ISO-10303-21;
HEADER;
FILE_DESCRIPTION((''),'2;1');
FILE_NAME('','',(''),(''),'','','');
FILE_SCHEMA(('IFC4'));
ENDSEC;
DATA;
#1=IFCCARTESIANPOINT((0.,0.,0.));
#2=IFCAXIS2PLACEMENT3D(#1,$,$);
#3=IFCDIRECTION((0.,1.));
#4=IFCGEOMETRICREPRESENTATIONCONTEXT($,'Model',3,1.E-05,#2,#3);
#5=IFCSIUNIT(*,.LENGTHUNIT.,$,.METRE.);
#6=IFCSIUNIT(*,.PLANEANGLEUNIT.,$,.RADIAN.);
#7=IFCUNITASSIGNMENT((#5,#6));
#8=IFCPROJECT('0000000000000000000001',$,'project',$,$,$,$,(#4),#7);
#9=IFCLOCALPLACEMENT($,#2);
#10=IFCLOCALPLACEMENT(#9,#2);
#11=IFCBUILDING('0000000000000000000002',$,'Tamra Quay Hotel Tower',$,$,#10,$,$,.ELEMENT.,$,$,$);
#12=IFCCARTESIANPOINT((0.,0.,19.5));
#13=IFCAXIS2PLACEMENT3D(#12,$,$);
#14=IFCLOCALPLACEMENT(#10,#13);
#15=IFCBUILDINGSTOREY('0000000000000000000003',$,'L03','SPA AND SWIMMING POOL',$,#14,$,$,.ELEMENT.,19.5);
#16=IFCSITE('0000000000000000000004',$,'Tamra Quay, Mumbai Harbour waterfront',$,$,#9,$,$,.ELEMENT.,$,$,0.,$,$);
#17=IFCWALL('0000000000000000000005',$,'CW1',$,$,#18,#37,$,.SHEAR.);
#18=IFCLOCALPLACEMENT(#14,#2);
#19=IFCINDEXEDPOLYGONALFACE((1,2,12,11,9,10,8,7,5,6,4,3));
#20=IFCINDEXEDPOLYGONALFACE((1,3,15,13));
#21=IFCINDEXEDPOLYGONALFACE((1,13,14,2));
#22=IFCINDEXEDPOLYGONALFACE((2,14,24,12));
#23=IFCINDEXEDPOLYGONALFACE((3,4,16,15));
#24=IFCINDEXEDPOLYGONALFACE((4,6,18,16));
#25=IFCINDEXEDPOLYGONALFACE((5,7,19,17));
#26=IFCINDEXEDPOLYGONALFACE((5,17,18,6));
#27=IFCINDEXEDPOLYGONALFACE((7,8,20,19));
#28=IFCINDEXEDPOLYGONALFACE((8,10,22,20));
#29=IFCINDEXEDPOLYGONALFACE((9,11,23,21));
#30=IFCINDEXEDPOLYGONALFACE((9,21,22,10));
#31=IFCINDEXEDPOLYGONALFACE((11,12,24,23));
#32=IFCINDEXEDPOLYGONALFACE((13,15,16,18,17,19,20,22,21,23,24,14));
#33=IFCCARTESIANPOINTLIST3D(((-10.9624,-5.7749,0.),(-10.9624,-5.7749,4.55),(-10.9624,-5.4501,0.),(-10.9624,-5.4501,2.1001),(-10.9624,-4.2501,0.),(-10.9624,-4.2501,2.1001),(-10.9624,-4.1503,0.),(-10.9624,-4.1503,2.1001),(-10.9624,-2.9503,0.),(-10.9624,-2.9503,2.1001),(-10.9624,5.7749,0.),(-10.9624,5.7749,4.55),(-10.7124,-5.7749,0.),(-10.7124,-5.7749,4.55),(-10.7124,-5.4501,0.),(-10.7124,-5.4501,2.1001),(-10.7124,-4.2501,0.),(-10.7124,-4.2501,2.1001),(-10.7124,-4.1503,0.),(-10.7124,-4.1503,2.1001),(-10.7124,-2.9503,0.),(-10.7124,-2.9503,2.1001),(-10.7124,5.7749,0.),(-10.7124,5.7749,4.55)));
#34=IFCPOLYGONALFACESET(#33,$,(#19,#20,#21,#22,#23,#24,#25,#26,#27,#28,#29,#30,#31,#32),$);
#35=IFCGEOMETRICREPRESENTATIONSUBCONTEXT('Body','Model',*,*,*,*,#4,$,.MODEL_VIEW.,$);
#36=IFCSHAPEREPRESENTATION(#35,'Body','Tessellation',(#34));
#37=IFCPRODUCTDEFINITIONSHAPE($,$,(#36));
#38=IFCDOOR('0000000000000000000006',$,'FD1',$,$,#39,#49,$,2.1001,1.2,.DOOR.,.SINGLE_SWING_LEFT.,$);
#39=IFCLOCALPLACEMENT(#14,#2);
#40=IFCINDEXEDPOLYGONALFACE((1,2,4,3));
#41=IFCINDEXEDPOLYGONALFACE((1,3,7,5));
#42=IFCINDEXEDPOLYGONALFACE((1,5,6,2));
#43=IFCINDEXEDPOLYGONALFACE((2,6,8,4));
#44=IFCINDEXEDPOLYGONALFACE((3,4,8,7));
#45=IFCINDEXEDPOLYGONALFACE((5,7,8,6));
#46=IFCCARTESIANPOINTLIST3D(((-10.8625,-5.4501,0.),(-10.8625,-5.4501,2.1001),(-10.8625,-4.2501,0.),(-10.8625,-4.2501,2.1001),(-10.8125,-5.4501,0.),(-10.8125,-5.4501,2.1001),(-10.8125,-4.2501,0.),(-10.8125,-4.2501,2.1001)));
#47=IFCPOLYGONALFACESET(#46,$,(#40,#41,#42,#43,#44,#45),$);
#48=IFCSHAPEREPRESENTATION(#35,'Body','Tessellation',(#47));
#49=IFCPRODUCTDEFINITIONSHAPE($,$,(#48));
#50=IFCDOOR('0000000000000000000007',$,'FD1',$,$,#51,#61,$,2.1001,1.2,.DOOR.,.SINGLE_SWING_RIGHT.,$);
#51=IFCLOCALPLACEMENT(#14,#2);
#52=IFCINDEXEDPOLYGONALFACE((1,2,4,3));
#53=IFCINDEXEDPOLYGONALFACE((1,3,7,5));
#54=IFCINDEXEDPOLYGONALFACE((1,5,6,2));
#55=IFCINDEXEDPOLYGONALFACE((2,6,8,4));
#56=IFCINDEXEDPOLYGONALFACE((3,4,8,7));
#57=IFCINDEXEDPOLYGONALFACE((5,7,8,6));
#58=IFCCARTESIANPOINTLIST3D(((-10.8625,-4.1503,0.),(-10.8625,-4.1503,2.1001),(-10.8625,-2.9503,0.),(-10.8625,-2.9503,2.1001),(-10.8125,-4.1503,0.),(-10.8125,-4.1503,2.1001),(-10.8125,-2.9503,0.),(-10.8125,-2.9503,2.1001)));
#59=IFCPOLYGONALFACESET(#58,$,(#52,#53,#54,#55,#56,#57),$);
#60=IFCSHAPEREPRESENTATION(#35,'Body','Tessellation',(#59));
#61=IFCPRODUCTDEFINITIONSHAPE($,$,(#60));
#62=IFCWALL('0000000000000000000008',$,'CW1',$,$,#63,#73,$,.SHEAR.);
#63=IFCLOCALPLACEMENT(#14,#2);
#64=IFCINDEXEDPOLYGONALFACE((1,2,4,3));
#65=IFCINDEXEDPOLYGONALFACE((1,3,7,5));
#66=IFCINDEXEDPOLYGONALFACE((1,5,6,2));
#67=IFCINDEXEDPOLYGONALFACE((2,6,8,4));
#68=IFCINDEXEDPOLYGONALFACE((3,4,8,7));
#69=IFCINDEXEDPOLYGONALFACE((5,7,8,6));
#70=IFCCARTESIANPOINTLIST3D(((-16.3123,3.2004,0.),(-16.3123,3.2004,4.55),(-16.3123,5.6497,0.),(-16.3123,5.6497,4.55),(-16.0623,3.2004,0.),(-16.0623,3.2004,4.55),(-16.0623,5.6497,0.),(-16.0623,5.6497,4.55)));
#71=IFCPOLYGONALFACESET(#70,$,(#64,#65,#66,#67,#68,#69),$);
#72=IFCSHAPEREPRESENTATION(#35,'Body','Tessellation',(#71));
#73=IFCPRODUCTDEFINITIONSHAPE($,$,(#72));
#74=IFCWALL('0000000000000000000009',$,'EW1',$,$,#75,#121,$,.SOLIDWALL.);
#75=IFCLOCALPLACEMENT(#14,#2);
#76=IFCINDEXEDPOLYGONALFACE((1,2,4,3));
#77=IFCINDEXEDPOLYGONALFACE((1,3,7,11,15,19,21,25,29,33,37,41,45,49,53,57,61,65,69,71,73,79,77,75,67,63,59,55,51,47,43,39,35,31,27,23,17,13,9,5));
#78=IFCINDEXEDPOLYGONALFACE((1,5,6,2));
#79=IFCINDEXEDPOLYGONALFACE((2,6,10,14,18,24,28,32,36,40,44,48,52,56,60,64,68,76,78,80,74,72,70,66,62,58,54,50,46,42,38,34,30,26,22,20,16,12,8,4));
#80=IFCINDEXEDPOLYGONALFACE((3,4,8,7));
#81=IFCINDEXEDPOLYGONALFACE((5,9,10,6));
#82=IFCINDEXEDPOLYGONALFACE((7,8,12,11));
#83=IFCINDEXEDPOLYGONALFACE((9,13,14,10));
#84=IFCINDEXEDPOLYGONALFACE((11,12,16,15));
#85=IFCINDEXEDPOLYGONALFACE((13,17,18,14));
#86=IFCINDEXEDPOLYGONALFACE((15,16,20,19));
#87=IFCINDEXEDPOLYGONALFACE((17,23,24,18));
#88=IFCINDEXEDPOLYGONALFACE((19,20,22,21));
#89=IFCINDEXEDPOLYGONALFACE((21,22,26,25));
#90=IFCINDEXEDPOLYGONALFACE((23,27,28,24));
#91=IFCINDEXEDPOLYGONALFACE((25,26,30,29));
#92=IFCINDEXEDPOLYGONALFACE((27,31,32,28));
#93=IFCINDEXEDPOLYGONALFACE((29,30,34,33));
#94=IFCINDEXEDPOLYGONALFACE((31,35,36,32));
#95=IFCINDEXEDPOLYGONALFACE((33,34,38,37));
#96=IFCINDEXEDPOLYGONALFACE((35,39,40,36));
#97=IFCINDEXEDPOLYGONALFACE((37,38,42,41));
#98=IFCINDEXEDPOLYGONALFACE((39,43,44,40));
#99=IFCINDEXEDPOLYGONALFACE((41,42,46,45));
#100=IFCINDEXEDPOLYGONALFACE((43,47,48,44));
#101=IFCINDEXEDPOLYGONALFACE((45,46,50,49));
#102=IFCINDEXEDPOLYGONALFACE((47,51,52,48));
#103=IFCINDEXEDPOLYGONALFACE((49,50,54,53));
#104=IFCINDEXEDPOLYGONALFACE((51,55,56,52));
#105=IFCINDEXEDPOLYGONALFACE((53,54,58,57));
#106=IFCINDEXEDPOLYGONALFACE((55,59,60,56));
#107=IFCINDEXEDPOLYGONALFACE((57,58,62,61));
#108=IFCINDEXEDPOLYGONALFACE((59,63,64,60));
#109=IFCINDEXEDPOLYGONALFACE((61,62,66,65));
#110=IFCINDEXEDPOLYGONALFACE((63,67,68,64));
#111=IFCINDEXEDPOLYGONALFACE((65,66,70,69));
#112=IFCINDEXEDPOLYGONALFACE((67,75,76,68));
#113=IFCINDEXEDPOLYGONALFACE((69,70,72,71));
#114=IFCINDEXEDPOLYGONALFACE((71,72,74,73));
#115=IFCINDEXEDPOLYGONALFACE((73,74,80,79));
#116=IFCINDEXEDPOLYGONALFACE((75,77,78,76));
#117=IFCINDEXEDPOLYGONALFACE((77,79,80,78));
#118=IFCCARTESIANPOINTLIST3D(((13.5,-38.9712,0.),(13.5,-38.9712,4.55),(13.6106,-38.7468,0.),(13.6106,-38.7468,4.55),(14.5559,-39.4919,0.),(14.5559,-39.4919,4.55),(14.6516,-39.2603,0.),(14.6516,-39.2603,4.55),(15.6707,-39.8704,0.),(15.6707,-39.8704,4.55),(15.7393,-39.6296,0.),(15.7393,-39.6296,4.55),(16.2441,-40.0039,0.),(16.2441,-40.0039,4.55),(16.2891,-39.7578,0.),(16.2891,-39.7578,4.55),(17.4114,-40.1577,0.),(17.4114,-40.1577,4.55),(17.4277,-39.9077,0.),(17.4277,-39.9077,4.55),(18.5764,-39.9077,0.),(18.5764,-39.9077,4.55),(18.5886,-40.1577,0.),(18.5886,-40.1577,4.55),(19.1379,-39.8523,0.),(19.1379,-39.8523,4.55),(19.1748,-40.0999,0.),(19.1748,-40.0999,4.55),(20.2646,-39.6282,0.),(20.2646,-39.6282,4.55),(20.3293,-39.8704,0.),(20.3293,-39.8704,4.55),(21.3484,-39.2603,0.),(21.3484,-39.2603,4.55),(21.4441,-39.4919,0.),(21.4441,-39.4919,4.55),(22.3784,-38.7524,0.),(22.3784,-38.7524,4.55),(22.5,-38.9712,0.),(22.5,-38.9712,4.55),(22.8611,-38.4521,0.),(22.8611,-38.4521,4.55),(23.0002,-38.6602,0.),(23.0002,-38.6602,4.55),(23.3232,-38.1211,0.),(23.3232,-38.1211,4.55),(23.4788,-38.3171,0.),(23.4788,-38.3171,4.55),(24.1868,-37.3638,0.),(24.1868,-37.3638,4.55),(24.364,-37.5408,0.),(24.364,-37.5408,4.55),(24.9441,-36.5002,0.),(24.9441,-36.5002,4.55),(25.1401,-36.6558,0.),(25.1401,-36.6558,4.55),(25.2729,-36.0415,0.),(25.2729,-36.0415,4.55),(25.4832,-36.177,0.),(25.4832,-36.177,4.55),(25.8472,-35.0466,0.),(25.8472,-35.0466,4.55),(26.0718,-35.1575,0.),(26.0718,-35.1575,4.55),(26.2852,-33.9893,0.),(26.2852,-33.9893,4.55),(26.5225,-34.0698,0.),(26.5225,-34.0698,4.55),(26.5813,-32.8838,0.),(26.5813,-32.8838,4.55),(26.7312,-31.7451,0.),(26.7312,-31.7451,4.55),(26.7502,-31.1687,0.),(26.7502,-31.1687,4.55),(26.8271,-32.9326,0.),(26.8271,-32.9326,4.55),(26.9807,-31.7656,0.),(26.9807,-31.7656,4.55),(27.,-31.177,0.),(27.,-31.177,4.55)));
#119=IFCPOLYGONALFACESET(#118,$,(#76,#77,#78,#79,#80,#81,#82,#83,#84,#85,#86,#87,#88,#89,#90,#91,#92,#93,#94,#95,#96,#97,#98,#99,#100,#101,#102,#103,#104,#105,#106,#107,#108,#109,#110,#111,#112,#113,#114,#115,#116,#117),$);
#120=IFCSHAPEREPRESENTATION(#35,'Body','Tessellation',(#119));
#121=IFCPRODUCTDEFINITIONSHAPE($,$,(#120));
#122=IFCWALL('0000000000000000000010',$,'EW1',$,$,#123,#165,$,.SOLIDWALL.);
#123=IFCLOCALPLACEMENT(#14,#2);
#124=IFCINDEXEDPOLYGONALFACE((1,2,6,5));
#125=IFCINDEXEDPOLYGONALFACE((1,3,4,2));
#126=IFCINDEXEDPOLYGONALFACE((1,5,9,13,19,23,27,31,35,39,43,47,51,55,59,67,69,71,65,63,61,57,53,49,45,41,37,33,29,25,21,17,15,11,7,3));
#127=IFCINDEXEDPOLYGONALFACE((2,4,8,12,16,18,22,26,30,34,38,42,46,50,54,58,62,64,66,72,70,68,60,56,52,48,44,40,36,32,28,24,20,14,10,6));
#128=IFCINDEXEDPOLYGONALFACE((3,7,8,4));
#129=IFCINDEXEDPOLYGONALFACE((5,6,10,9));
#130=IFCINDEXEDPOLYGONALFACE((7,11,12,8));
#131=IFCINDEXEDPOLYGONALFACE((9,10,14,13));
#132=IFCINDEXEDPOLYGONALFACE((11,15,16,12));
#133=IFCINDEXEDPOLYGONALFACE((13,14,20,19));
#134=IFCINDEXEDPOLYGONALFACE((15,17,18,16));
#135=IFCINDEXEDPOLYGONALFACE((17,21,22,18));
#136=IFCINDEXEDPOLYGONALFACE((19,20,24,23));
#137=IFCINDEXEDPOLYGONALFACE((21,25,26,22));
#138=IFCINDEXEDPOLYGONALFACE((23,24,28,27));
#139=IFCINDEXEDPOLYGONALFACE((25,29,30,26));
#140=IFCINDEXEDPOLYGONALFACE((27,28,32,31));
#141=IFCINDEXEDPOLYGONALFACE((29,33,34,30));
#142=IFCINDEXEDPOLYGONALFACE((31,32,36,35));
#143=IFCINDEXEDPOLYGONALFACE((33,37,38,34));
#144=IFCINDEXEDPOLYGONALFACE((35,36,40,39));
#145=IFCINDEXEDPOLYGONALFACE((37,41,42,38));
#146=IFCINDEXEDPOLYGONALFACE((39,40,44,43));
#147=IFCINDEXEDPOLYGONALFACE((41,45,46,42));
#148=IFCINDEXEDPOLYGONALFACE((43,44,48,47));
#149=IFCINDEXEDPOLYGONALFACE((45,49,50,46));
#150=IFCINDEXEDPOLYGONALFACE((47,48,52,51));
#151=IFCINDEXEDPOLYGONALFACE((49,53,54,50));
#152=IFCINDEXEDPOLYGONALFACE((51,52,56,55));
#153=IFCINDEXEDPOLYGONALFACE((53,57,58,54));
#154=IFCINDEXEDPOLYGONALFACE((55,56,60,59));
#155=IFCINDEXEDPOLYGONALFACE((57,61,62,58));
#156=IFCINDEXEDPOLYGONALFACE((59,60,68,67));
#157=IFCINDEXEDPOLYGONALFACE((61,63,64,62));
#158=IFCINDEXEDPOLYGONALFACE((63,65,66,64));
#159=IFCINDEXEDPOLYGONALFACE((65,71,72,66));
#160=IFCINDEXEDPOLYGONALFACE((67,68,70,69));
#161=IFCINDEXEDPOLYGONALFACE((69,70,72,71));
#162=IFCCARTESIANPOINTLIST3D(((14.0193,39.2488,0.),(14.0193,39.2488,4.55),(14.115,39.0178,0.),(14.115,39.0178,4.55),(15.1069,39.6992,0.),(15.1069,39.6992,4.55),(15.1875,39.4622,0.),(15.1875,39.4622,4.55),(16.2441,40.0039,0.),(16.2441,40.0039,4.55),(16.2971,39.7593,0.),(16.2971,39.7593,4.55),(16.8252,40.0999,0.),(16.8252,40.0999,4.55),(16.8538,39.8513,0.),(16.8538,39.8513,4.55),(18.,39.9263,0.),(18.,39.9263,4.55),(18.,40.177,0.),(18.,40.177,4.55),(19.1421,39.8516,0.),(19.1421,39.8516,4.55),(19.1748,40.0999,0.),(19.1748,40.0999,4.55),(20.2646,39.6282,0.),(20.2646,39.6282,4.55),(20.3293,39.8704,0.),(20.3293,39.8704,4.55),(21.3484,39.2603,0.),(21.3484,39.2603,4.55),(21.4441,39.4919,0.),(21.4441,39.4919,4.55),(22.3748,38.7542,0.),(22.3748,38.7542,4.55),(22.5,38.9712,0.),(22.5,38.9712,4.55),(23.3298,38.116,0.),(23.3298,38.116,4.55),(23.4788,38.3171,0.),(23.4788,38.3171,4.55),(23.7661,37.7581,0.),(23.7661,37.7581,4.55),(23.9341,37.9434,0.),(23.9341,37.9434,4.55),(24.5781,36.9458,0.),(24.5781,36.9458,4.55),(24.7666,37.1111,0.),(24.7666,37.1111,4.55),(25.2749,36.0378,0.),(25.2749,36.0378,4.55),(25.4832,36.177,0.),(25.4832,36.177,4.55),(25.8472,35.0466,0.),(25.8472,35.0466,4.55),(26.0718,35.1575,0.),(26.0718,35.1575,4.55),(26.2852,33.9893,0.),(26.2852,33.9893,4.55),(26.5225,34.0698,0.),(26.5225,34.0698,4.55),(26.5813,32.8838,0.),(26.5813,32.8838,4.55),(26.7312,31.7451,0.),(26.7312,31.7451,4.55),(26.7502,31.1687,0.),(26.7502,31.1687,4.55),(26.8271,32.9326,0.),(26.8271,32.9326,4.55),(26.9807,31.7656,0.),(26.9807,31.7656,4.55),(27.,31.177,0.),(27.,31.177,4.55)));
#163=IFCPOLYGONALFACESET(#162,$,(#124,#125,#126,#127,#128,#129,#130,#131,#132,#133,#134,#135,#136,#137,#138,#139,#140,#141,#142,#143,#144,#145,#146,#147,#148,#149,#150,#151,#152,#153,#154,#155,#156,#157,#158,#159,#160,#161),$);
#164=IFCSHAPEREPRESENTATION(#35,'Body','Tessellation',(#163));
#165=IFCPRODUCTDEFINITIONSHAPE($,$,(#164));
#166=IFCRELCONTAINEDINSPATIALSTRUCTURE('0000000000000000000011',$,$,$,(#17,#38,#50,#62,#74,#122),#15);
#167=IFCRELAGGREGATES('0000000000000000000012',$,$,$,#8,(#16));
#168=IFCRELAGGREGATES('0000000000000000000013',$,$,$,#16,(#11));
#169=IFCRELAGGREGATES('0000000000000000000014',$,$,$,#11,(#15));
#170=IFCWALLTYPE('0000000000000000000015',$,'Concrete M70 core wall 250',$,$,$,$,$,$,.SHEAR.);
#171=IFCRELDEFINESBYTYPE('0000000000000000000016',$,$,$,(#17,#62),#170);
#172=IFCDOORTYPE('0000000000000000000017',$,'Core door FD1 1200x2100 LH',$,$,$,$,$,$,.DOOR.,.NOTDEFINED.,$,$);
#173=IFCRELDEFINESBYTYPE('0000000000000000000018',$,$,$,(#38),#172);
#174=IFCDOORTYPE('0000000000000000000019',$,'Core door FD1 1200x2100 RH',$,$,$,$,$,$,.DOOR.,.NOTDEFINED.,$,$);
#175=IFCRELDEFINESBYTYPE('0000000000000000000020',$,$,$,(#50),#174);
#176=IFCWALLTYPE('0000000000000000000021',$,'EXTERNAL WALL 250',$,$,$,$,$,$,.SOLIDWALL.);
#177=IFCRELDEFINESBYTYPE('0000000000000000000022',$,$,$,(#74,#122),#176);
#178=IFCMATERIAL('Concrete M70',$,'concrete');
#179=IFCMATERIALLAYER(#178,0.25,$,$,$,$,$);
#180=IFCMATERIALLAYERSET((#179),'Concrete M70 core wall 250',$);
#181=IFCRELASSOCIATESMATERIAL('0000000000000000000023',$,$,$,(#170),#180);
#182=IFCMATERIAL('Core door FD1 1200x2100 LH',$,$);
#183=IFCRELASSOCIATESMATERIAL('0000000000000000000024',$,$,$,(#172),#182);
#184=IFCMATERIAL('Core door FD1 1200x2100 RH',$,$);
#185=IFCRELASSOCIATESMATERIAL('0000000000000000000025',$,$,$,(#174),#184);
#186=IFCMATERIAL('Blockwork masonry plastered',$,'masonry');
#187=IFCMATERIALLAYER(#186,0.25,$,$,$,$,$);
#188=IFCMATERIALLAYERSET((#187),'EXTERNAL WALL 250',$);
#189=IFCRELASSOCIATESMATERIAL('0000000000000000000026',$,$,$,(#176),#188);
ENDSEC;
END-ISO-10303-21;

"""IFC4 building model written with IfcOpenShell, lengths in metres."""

from ifc_helpers import new_model, si_unit, direction, frame, frame_2d, origin, place, context, subcontext, project, spatial, polyline, rectangle, outline, extrude, material, layer, layer_set, type_object, element, fill, save


model = new_model("IFC4")

# Units and contexts
model_context = context("Model", 3, precision=1e-05, world=origin(), true_north=direction((0.0, 1.0)))
body_context = subcontext(model_context, "Body", "Model", "MODEL_VIEW")
ifc_project = project(units=[si_unit("LENGTHUNIT", "METRE"), si_unit("PLANEANGLEUNIT", "RADIAN")], contexts=[model_context])

# Site, building, storey
site_placement = place(None, origin())
site = spatial("IfcSite", under=ifc_project, at=site_placement, Name="Tamra Quay, Mumbai Harbour waterfront", CompositionType="ELEMENT", RefElevation=0.0)
building_placement = place(site_placement, origin())
building = spatial("IfcBuilding", under=site, at=building_placement, Name="Tamra Quay Hotel Tower", CompositionType="ELEMENT")
storey_placement = place(building_placement, frame((0.0, 0.0, 19.5)))
storey = spatial("IfcBuildingStorey", under=building, at=storey_placement, Name="L03", Description="SPA AND SWIMMING POOL", CompositionType="ELEMENT", Elevation=19.5)

# Shared definitions
ifc_material_1 = material(Name="Concrete M70", Category="concrete")

# Wall, openings, doors
ifc_layer_1 = layer(ifc_material_1, 0.25)
ifc_layer_set_1 = layer_set([ifc_layer_1], Name="Concrete M70 core wall 250")
wall_type_1 = type_object("IfcWallType", Name="Concrete M70 core wall 250", PredefinedType="SHEAR", material=ifc_layer_set_1)
wall_1_placement = place(storey_placement, frame((-10.8374, 5.7749, 0.0), z_axis=(0.0, 0.0, 1.0), x_axis=(0.0, -1.0, 0.0)))
wall_1 = element("IfcWall", 1, at=wall_1_placement, inside=storey, type_object=wall_type_1, Name="CW1", PredefinedType="SHEAR", context=body_context, shape_type="SweptSolid", body=[
    extrude(rectangle(XDim=11.5498, YDim=0.25, at=frame_2d((5.7749, 0.0))), origin(), (0.0, 0.0, 1.0), 4.55),
])
opening_1_placement = place(wall_1_placement, frame((10.0249, 0.0, 0.0)))
opening_1 = element("IfcOpeningElement", 2, at=opening_1_placement, cuts=wall_1, PredefinedType="OPENING", context=body_context, shape_type="SweptSolid", body=[
    extrude(rectangle(XDim=1.2, YDim=2.1001, at=frame_2d((0.6001, 1.05))), frame((0.0, 0.135, 0.0), z_axis=(0.0, -1.0, 0.0), x_axis=(1.0, 0.0, 0.0)), (0.0, 0.0, 1.0), 0.27),
])
opening_2_placement = place(wall_1_placement, frame((8.7251, 0.0, 0.0)))
opening_2 = element("IfcOpeningElement", 3, at=opening_2_placement, cuts=wall_1, PredefinedType="OPENING", context=body_context, shape_type="SweptSolid", body=[
    extrude(rectangle(XDim=1.2, YDim=2.1001, at=frame_2d((0.6001, 1.05))), frame((0.0, 0.135, 0.0), z_axis=(0.0, -1.0, 0.0), x_axis=(1.0, 0.0, 0.0)), (0.0, 0.0, 1.0), 0.27),
])
ifc_material_2 = material(Name="Core door FD1 1200x2100 LH")
door_type_1 = type_object("IfcDoorType", Name="Core door FD1 1200x2100 LH", OperationType="NOTDEFINED", PredefinedType="DOOR", material=ifc_material_2)
door_1_placement = place(opening_1_placement, origin())
door_1 = element("IfcDoor", 4, at=door_1_placement, inside=storey, type_object=door_type_1, Name="FD1", OperationType="SINGLE_SWING_LEFT", OverallHeight=2.1001, OverallWidth=1.2, PredefinedType="DOOR", context=body_context, shape_type="SweptSolid", body=[
    extrude(rectangle(XDim=1.2, YDim=2.1001, at=frame_2d((0.6001, 1.05))), frame((0.0, 0.0249, 0.0), z_axis=(0.0, -1.0, 0.0), x_axis=(1.0, 0.0, 0.0)), (0.0, 0.0, 1.0), 0.05),
])
fill(opening_1, door_1)
ifc_material_3 = material(Name="Core door FD1 1200x2100 RH")
door_type_2 = type_object("IfcDoorType", Name="Core door FD1 1200x2100 RH", OperationType="NOTDEFINED", PredefinedType="DOOR", material=ifc_material_3)
door_2_placement = place(opening_2_placement, origin())
door_2 = element("IfcDoor", 5, at=door_2_placement, inside=storey, type_object=door_type_2, Name="FD1", OperationType="SINGLE_SWING_RIGHT", OverallHeight=2.1001, OverallWidth=1.2, PredefinedType="DOOR", context=body_context, shape_type="SweptSolid", body=[
    extrude(rectangle(XDim=1.2, YDim=2.1001, at=frame_2d((0.6001, 1.05))), frame((0.0, 0.0249, 0.0), z_axis=(0.0, -1.0, 0.0), x_axis=(1.0, 0.0, 0.0)), (0.0, 0.0, 1.0), 0.05),
])
fill(opening_2, door_2)

# Walls
wall_2_placement = place(storey_placement, frame((-16.1873, 3.2004, 0.0), z_axis=(0.0, 0.0, 1.0), x_axis=(0.0, 1.0, 0.0)))
element("IfcWall", 6, at=wall_2_placement, inside=storey, type_object=wall_type_1, Name="CW1", PredefinedType="SHEAR", context=body_context, shape_type="SweptSolid", body=[
    extrude(rectangle(XDim=2.4492, YDim=0.25, at=frame_2d((1.2246, 0.0))), origin(), (0.0, 0.0, 1.0), 4.55),
])
ifc_material_4 = material(Name="Blockwork masonry plastered", Category="masonry")
ifc_layer_2 = layer(ifc_material_4, 0.25)
ifc_layer_set_2 = layer_set([ifc_layer_2], Name="EXTERNAL WALL 250")
wall_type_2 = type_object("IfcWallType", Name="EXTERNAL WALL 250", PredefinedType="SOLIDWALL", material=ifc_layer_set_2)
wall_3_placement = place(storey_placement, origin())
element("IfcWall", 7, at=wall_3_placement, inside=storey, type_object=wall_type_2, Name="EW1", PredefinedType="SOLIDWALL", context=body_context, shape_type="SweptSolid", body=[
    extrude(outline(polyline([(13.5, -38.9712), (14.5559, -39.4919), (15.6707, -39.8704), (16.2441, -40.0039), (17.4114, -40.1577), (18.5886, -40.1577), (19.1748, -40.0999), (20.3293, -39.8704), (21.4441, -39.4919), (22.5, -38.9712), (23.0002, -38.6602), (23.4788, -38.3171), (24.364, -37.5408), (25.1401, -36.6558), (25.4832, -36.177), (26.0718, -35.1575), (26.5225, -34.0698), (26.8271, -32.9326), (26.9807, -31.7656), (27.0, -31.177), (26.7502, -31.1687), (26.7312, -31.7451), (26.5813, -32.8838), (26.2852, -33.9893), (25.8472, -35.0466), (25.2729, -36.0415), (24.9441, -36.5002), (24.1868, -37.3638), (23.3232, -38.1211), (22.8611, -38.4521), (22.3784, -38.7524), (21.3484, -39.2603), (20.2646, -39.6282), (19.1379, -39.8523), (18.5764, -39.9077), (17.4277, -39.9077), (16.2891, -39.7578), (15.7393, -39.6296), (14.6516, -39.2603), (13.6106, -38.7468), (13.5, -38.9712)])), origin(), (0.0, 0.0, 1.0), 4.55),
])
wall_4_placement = place(storey_placement, origin())
element("IfcWall", 8, at=wall_4_placement, inside=storey, type_object=wall_type_2, Name="EW1", PredefinedType="SOLIDWALL", context=body_context, shape_type="SweptSolid", body=[
    extrude(outline(polyline([(27.0, 31.177), (26.9807, 31.7656), (26.8271, 32.9326), (26.5225, 34.0698), (26.0718, 35.1575), (25.4832, 36.177), (24.7666, 37.1111), (23.9341, 37.9434), (23.4788, 38.3171), (22.5, 38.9712), (21.4441, 39.4919), (20.3293, 39.8704), (19.1748, 40.0999), (18.0, 40.177), (16.8252, 40.0999), (16.2441, 40.0039), (15.1069, 39.6992), (14.0193, 39.2488), (14.115, 39.0178), (15.1875, 39.4622), (16.2971, 39.7593), (16.8538, 39.8513), (18.0, 39.9263), (19.1421, 39.8516), (20.2646, 39.6282), (21.3484, 39.2603), (22.3748, 38.7542), (23.3298, 38.116), (23.7661, 37.7581), (24.5781, 36.9458), (25.2749, 36.0378), (25.8472, 35.0466), (26.2852, 33.9893), (26.5813, 32.8838), (26.7312, 31.7451), (26.7502, 31.1687), (27.0, 31.177)])), origin(), (0.0, 0.0, 1.0), 4.55),
])

save(model, "model.ifc")
